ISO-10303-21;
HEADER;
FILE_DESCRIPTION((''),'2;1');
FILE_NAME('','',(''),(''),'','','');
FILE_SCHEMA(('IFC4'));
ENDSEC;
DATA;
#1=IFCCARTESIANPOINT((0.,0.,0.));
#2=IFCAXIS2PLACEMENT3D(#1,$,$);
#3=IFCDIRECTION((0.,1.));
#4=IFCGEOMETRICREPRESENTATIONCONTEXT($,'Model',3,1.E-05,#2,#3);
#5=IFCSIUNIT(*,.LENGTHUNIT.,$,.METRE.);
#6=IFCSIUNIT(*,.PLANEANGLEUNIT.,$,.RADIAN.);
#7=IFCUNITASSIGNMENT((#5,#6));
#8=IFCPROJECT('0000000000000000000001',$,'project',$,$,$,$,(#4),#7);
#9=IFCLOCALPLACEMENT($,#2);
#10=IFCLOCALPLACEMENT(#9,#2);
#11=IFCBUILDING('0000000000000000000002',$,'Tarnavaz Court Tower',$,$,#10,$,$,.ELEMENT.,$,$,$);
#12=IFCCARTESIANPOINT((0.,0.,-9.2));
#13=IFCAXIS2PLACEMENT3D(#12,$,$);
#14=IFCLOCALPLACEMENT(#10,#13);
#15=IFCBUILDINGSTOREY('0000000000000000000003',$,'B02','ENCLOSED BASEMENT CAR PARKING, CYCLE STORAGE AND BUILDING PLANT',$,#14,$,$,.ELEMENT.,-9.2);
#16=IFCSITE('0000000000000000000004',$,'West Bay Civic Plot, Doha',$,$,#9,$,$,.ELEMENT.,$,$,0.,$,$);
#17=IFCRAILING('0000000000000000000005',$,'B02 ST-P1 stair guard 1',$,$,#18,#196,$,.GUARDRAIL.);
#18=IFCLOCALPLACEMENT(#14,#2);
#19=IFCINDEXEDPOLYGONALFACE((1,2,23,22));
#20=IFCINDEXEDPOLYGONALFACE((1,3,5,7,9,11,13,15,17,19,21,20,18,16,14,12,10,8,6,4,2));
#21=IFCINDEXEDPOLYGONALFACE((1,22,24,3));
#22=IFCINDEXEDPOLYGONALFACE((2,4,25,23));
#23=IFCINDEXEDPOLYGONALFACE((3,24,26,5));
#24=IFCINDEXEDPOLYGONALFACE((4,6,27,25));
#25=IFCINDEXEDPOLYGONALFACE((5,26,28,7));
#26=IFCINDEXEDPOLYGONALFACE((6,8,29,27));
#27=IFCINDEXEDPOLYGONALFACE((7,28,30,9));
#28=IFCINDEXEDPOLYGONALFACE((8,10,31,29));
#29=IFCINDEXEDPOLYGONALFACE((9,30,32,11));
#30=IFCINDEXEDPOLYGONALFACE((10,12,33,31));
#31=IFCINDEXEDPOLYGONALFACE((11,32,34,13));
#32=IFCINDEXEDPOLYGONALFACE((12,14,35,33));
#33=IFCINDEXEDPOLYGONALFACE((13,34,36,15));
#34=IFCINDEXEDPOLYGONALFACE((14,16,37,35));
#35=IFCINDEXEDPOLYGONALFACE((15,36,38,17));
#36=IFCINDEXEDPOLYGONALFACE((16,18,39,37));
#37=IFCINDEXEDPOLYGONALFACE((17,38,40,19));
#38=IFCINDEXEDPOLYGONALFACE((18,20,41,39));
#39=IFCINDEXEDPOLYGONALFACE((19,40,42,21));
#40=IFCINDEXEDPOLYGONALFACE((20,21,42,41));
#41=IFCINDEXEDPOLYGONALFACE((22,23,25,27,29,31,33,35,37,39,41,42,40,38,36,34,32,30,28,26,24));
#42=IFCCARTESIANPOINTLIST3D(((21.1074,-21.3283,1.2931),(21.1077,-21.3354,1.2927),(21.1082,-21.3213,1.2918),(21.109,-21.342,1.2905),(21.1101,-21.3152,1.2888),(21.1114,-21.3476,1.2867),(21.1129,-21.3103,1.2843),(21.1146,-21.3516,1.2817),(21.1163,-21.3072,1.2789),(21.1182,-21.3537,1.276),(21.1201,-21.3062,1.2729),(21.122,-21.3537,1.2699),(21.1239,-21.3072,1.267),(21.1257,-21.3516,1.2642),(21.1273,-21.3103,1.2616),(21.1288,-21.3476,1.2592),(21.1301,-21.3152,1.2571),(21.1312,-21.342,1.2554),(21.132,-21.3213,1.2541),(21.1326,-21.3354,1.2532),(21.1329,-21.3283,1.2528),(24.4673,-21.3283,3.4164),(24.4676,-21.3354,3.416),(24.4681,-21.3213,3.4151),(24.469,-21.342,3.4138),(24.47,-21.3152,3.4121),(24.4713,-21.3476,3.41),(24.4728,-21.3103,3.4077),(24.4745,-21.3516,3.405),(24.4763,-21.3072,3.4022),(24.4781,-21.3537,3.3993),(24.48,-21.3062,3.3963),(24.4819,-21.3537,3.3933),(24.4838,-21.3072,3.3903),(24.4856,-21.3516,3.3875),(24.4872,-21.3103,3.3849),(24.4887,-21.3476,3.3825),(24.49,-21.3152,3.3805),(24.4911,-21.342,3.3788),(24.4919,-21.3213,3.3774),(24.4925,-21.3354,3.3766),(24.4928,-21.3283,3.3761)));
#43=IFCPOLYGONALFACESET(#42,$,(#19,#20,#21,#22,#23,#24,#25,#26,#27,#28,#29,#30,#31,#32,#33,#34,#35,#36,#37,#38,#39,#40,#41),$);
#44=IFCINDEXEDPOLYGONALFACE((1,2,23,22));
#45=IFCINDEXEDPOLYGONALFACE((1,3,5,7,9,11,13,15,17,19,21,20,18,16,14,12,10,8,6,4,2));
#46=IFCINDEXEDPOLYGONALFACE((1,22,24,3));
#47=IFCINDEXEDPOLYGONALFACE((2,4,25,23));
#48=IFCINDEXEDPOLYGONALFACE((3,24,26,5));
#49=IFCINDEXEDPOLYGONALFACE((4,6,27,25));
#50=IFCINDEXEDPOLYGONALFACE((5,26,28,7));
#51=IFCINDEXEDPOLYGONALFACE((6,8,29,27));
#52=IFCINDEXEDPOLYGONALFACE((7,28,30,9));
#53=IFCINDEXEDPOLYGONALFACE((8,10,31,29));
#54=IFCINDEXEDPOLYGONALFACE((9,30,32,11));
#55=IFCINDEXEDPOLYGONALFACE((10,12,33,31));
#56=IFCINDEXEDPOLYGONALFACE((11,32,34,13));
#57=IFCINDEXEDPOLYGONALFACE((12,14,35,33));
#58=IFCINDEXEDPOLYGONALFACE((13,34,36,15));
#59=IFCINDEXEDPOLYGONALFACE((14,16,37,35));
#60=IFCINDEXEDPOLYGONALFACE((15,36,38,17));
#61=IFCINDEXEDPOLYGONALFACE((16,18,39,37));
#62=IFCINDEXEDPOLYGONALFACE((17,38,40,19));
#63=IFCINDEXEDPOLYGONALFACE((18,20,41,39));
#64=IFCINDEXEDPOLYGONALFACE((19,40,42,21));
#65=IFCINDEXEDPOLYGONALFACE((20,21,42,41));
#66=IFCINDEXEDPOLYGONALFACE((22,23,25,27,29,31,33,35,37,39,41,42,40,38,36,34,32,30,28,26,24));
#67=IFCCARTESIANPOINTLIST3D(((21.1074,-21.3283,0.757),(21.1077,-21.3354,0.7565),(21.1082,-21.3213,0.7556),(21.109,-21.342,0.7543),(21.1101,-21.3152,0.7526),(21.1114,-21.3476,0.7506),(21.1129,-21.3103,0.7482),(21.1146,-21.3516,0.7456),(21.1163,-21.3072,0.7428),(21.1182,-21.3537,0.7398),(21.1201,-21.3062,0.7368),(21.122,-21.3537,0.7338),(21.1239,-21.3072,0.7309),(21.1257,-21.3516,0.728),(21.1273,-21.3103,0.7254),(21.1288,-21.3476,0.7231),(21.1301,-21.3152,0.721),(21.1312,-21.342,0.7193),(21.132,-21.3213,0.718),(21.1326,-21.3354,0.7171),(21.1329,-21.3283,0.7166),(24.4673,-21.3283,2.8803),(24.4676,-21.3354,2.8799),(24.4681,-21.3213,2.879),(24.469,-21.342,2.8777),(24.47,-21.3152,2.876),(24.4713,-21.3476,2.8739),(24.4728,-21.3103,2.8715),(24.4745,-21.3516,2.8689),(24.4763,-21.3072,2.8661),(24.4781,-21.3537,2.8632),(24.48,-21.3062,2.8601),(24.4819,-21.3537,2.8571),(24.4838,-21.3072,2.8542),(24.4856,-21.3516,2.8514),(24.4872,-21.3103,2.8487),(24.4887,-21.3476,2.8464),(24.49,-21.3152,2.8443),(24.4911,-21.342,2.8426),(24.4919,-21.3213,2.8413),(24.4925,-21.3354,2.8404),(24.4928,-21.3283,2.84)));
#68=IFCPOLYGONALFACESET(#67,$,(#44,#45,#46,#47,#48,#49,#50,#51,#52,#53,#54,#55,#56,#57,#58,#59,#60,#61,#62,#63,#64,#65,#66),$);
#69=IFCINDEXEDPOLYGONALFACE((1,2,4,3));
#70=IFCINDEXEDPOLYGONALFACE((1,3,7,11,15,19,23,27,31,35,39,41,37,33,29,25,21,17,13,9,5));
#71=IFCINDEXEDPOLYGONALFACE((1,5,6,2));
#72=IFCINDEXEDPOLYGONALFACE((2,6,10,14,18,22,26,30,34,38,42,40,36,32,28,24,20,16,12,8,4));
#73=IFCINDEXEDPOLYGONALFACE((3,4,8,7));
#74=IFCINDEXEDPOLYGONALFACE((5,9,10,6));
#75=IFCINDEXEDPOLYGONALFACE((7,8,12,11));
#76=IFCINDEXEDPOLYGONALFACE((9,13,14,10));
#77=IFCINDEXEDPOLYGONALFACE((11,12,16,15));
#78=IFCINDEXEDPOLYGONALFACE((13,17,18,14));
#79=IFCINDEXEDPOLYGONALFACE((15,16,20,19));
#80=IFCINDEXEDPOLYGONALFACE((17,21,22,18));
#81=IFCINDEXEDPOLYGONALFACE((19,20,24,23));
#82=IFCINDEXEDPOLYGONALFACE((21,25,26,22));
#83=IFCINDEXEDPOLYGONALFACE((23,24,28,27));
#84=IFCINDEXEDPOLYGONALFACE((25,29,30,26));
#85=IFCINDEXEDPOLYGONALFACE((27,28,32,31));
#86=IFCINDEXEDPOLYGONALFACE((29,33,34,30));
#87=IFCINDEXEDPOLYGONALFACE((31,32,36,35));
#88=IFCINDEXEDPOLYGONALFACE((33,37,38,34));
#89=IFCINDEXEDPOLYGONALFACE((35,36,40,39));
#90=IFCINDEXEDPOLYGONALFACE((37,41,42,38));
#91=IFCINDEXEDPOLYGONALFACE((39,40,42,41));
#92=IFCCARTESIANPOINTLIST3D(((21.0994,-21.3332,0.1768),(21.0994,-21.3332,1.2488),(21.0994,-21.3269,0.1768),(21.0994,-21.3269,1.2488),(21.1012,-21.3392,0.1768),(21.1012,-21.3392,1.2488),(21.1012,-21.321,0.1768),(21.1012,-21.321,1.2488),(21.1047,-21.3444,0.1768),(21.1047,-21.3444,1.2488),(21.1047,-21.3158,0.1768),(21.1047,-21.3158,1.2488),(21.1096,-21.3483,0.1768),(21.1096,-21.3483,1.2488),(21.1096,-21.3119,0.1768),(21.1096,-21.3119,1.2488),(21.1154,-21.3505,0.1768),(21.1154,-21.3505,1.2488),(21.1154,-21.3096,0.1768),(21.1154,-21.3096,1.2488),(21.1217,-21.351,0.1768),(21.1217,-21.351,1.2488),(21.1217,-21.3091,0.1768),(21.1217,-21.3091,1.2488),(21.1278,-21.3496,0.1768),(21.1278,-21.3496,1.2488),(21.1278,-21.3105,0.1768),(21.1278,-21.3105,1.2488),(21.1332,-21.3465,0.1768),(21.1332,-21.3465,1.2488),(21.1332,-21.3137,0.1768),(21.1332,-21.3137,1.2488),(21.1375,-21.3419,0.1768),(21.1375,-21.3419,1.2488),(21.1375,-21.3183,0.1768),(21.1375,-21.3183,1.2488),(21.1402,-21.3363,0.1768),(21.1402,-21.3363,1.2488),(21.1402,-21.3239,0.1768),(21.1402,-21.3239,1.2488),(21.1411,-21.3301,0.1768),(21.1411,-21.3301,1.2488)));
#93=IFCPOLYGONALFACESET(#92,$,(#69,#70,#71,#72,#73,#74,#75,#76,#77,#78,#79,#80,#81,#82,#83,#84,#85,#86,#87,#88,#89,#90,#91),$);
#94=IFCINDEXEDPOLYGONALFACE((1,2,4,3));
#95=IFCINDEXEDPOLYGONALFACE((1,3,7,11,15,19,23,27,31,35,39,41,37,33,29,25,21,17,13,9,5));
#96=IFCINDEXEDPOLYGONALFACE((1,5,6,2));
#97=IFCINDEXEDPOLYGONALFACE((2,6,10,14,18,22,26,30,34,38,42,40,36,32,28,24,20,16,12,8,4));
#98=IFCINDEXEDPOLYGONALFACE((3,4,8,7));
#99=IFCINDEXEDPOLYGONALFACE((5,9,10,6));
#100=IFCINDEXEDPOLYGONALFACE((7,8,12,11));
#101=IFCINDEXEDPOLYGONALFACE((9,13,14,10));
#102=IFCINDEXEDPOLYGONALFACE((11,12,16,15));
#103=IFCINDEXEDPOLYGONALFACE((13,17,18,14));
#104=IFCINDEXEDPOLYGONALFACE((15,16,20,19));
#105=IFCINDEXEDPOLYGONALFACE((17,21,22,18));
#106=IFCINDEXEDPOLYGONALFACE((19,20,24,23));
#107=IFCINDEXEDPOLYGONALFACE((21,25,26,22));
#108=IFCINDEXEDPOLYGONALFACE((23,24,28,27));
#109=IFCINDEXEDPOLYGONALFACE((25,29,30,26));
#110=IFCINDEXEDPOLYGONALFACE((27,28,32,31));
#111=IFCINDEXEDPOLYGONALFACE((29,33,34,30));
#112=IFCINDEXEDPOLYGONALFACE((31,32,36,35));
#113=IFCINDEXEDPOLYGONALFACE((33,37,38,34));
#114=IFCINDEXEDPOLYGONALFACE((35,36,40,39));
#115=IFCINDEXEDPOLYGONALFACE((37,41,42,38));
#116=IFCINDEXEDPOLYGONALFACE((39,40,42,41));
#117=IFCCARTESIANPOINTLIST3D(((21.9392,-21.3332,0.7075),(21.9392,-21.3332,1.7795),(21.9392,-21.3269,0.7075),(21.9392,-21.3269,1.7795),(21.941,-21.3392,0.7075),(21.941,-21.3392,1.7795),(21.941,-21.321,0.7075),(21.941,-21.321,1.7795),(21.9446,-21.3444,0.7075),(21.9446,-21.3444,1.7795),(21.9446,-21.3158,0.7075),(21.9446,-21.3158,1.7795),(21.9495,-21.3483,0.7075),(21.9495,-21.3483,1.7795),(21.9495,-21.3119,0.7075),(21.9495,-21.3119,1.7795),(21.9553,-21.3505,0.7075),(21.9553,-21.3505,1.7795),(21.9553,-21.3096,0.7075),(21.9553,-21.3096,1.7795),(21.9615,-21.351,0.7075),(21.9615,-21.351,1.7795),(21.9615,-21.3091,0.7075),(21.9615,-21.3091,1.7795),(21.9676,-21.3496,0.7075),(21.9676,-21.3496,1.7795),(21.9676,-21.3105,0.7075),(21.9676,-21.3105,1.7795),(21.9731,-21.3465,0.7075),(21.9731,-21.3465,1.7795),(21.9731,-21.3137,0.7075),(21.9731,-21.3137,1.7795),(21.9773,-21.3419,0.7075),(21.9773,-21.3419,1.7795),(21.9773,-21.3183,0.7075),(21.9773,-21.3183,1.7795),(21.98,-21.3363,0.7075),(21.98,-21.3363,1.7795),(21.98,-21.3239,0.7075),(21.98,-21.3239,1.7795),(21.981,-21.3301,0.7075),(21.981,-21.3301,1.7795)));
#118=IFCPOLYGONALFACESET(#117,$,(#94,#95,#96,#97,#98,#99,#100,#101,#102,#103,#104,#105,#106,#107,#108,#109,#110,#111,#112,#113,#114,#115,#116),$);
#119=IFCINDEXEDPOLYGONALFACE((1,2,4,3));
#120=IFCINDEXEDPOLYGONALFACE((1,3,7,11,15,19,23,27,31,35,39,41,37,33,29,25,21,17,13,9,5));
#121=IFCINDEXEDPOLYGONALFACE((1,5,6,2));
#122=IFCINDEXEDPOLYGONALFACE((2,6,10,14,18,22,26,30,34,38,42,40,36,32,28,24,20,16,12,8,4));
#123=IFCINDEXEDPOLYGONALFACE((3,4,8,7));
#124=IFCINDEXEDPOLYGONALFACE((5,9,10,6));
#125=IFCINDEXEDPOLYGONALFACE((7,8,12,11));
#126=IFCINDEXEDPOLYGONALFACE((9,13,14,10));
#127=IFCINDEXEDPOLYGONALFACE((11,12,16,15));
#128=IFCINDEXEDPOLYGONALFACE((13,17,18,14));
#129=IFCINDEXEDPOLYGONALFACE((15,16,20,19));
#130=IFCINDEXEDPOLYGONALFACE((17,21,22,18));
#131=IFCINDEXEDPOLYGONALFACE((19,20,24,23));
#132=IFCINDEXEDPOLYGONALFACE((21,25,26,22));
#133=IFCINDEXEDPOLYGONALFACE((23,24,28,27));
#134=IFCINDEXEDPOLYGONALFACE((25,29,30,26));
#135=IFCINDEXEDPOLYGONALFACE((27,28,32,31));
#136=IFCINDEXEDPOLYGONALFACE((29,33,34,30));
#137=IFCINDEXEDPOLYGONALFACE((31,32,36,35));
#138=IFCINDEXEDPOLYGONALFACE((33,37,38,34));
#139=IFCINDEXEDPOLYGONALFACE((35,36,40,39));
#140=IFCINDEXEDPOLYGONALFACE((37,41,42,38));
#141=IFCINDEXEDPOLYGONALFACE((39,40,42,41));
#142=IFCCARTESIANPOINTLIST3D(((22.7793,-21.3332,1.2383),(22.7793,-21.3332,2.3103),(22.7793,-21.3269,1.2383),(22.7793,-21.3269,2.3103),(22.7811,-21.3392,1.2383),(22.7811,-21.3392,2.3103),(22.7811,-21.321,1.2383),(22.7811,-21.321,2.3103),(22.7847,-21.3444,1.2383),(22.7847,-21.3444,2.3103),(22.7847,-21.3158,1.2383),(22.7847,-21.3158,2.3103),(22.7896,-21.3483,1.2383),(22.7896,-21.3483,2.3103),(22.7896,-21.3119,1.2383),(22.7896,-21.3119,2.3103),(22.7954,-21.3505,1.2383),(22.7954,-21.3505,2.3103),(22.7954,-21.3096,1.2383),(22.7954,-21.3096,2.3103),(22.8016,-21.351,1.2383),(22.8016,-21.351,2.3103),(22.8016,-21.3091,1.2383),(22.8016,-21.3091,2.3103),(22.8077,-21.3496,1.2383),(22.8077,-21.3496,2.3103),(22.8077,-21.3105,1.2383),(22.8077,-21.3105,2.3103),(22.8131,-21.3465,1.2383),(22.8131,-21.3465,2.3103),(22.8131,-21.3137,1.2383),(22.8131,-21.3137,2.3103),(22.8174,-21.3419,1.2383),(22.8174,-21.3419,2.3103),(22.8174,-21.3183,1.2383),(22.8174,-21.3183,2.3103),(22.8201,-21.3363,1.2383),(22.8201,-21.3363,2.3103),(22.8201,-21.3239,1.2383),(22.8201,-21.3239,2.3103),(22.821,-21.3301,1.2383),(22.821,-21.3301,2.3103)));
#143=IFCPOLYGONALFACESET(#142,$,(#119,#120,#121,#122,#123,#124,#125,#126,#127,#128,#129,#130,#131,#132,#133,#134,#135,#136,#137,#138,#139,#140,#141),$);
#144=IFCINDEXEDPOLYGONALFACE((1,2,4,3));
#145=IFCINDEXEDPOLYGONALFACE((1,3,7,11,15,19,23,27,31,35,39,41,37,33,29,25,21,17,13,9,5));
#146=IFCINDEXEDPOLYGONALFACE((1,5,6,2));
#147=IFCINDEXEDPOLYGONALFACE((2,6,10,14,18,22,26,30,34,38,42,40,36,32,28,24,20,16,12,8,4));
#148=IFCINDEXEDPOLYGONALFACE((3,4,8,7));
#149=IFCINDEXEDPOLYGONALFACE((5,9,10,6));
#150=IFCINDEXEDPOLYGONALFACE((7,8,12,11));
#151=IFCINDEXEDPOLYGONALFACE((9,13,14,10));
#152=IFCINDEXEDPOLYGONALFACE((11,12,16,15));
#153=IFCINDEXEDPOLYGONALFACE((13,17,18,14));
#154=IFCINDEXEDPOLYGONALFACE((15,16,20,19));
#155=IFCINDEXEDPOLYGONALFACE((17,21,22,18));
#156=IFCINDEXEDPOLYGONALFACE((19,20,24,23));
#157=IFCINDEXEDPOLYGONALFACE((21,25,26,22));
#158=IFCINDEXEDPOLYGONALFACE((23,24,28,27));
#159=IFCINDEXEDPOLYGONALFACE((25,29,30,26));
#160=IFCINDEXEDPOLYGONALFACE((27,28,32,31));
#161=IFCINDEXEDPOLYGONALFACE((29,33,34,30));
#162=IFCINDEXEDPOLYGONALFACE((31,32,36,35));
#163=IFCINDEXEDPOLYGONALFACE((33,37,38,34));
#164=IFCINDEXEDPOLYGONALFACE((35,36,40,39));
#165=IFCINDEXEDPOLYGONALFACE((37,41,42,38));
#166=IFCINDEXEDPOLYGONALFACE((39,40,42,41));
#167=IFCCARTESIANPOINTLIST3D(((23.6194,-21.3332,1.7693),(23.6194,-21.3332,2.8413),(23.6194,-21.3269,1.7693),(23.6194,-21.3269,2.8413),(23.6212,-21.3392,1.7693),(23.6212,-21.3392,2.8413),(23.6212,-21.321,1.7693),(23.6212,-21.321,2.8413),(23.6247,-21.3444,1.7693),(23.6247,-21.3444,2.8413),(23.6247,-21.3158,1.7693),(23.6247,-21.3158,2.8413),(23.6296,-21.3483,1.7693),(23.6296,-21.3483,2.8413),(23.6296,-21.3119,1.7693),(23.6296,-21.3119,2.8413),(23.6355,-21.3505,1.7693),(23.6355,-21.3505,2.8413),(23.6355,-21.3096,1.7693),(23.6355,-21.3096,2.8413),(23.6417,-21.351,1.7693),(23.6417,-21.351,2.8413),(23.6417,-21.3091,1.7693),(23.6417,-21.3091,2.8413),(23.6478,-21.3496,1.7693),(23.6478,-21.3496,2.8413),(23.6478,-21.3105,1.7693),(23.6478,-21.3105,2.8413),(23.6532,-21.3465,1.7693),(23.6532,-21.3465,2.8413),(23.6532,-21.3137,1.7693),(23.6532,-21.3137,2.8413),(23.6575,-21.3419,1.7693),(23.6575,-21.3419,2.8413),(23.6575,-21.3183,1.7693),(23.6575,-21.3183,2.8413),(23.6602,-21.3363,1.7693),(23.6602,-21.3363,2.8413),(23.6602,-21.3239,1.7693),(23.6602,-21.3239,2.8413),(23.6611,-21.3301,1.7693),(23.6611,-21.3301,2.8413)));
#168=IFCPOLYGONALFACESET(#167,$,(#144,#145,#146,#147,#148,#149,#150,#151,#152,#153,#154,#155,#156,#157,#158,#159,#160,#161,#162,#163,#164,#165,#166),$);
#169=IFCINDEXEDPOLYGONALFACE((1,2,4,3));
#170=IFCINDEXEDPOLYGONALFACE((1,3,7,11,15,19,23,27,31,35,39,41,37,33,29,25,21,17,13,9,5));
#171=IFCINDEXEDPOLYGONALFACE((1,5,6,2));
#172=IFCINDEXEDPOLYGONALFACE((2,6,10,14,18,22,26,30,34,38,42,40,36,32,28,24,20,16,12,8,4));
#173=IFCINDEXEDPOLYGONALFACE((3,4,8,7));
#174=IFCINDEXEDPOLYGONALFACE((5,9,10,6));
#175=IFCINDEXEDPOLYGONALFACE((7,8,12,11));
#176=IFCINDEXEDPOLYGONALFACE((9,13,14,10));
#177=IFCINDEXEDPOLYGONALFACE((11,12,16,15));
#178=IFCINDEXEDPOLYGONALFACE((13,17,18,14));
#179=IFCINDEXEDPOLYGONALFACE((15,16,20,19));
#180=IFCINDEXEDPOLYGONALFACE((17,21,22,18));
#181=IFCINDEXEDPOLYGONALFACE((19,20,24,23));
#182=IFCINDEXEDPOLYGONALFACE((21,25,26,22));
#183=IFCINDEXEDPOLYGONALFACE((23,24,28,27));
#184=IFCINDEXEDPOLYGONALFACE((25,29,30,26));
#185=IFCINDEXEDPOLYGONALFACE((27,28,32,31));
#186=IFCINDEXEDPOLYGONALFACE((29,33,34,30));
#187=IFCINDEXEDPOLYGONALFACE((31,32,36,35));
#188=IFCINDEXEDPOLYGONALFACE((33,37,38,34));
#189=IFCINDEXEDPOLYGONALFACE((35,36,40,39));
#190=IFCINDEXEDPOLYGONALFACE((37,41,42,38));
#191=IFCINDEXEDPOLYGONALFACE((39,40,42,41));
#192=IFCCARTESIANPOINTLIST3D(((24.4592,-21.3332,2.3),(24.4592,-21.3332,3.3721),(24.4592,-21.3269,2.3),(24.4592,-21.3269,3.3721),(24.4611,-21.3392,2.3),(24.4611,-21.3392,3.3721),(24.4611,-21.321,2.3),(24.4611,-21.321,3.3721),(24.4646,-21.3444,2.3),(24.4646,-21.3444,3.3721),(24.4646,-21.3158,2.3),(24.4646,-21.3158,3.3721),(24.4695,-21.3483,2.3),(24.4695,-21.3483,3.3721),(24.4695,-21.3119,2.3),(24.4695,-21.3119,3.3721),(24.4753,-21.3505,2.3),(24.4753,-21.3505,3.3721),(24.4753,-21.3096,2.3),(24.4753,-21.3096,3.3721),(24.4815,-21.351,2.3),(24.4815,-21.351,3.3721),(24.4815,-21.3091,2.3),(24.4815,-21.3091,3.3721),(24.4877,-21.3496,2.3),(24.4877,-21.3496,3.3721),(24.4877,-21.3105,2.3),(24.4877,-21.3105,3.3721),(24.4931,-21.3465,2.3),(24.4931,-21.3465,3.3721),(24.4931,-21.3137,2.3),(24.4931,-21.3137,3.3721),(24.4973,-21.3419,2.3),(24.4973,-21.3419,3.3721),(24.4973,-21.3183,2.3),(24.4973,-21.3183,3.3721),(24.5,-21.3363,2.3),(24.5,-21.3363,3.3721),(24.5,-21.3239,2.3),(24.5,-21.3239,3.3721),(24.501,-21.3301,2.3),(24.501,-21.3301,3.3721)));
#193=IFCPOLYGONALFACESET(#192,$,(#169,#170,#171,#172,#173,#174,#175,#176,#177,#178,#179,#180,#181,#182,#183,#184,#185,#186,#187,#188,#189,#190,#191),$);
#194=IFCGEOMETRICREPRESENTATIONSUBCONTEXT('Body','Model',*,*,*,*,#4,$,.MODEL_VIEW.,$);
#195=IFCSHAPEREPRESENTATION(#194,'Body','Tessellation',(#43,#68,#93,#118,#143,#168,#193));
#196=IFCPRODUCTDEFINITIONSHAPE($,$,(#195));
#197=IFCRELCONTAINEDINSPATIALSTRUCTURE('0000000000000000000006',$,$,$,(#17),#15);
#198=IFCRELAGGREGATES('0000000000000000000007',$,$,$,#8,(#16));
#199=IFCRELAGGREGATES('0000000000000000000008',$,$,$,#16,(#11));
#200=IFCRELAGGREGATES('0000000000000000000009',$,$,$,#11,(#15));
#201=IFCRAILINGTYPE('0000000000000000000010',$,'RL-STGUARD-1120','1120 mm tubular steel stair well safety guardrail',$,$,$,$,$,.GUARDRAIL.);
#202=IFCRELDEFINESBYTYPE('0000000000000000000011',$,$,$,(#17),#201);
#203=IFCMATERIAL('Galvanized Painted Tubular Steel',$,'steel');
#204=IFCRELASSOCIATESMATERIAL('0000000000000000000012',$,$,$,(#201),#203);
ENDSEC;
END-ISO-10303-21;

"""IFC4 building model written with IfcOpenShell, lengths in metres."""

from ifc_helpers import new_model, si_unit, direction, frame, origin, origin_2d, place, context, subcontext, project, spatial, circle, extrude, material, type_object, element, save


model = new_model("IFC4")

# Units and contexts
model_context = context("Model", 3, precision=1e-05, world=origin(), true_north=direction((0.0, 1.0)))
body_context = subcontext(model_context, "Body", "Model", "MODEL_VIEW")
ifc_project = project(units=[si_unit("LENGTHUNIT", "METRE"), si_unit("PLANEANGLEUNIT", "RADIAN")], contexts=[model_context])

# Site, building, storey
site_placement = place(None, origin())
site = spatial("IfcSite", under=ifc_project, at=site_placement, Name="West Bay Civic Plot, Doha", CompositionType="ELEMENT", RefElevation=0.0)
building_placement = place(site_placement, origin())
building = spatial("IfcBuilding", under=site, at=building_placement, Name="Tarnavaz Court Tower", CompositionType="ELEMENT")
storey_placement = place(building_placement, frame((0.0, 0.0, -9.2)))
storey = spatial("IfcBuildingStorey", under=building, at=storey_placement, Name="B02", Description="ENCLOSED BASEMENT CAR PARKING, CYCLE STORAGE AND BUILDING PLANT", CompositionType="ELEMENT", Elevation=-9.2)

# Railing
ifc_material_1 = material(Name="Galvanized Painted Tubular Steel", Category="steel")
railing_type_1 = type_object("IfcRailingType", Name="RL-STGUARD-1120", Description="1120 mm tubular steel stair well safety guardrail", PredefinedType="GUARDRAIL", material=ifc_material_1)
railing_1_placement = place(storey_placement, frame((21.1201, -21.3301, 0.1768)))
element("IfcRailing", 1, at=railing_1_placement, inside=storey, type_object=railing_type_1, Name="B02 ST-P1 stair guard 1", PredefinedType="GUARDRAIL", context=body_context, shape_type="SweptSolid", body=[
    extrude(circle(Radius=0.0239, at=origin_2d()), frame((0.0, 0.0, 1.0962), z_axis=(0.845344, 0.0, 0.534222), x_axis=(0.0, 1.0, 0.0)), (0.0, 0.0, 1.0), 3.9746),
    extrude(circle(Radius=0.0239, at=origin_2d()), frame((0.0, 0.0, 0.5601), z_axis=(0.845344, 0.0, 0.534222), x_axis=(0.0, 1.0, 0.0)), (0.0, 0.0, 1.0), 3.9746),
    extrude(circle(Radius=0.021, at=origin_2d()), origin(), (0.0, 0.0, 1.0), 1.072),
    extrude(circle(Radius=0.021, at=origin_2d()), frame((0.8398, 0.0, 0.5308)), (0.0, 0.0, 1.0), 1.072),
    extrude(circle(Radius=0.021, at=origin_2d()), frame((1.6799, 0.0, 1.0615)), (0.0, 0.0, 1.0), 1.072),
    extrude(circle(Radius=0.021, at=origin_2d()), frame((2.52, 0.0, 1.5925)), (0.0, 0.0, 1.0), 1.072),
    extrude(circle(Radius=0.021, at=origin_2d()), frame((3.3599, 0.0, 2.1233)), (0.0, 0.0, 1.0), 1.072),
])

save(model, "model.ifc")
